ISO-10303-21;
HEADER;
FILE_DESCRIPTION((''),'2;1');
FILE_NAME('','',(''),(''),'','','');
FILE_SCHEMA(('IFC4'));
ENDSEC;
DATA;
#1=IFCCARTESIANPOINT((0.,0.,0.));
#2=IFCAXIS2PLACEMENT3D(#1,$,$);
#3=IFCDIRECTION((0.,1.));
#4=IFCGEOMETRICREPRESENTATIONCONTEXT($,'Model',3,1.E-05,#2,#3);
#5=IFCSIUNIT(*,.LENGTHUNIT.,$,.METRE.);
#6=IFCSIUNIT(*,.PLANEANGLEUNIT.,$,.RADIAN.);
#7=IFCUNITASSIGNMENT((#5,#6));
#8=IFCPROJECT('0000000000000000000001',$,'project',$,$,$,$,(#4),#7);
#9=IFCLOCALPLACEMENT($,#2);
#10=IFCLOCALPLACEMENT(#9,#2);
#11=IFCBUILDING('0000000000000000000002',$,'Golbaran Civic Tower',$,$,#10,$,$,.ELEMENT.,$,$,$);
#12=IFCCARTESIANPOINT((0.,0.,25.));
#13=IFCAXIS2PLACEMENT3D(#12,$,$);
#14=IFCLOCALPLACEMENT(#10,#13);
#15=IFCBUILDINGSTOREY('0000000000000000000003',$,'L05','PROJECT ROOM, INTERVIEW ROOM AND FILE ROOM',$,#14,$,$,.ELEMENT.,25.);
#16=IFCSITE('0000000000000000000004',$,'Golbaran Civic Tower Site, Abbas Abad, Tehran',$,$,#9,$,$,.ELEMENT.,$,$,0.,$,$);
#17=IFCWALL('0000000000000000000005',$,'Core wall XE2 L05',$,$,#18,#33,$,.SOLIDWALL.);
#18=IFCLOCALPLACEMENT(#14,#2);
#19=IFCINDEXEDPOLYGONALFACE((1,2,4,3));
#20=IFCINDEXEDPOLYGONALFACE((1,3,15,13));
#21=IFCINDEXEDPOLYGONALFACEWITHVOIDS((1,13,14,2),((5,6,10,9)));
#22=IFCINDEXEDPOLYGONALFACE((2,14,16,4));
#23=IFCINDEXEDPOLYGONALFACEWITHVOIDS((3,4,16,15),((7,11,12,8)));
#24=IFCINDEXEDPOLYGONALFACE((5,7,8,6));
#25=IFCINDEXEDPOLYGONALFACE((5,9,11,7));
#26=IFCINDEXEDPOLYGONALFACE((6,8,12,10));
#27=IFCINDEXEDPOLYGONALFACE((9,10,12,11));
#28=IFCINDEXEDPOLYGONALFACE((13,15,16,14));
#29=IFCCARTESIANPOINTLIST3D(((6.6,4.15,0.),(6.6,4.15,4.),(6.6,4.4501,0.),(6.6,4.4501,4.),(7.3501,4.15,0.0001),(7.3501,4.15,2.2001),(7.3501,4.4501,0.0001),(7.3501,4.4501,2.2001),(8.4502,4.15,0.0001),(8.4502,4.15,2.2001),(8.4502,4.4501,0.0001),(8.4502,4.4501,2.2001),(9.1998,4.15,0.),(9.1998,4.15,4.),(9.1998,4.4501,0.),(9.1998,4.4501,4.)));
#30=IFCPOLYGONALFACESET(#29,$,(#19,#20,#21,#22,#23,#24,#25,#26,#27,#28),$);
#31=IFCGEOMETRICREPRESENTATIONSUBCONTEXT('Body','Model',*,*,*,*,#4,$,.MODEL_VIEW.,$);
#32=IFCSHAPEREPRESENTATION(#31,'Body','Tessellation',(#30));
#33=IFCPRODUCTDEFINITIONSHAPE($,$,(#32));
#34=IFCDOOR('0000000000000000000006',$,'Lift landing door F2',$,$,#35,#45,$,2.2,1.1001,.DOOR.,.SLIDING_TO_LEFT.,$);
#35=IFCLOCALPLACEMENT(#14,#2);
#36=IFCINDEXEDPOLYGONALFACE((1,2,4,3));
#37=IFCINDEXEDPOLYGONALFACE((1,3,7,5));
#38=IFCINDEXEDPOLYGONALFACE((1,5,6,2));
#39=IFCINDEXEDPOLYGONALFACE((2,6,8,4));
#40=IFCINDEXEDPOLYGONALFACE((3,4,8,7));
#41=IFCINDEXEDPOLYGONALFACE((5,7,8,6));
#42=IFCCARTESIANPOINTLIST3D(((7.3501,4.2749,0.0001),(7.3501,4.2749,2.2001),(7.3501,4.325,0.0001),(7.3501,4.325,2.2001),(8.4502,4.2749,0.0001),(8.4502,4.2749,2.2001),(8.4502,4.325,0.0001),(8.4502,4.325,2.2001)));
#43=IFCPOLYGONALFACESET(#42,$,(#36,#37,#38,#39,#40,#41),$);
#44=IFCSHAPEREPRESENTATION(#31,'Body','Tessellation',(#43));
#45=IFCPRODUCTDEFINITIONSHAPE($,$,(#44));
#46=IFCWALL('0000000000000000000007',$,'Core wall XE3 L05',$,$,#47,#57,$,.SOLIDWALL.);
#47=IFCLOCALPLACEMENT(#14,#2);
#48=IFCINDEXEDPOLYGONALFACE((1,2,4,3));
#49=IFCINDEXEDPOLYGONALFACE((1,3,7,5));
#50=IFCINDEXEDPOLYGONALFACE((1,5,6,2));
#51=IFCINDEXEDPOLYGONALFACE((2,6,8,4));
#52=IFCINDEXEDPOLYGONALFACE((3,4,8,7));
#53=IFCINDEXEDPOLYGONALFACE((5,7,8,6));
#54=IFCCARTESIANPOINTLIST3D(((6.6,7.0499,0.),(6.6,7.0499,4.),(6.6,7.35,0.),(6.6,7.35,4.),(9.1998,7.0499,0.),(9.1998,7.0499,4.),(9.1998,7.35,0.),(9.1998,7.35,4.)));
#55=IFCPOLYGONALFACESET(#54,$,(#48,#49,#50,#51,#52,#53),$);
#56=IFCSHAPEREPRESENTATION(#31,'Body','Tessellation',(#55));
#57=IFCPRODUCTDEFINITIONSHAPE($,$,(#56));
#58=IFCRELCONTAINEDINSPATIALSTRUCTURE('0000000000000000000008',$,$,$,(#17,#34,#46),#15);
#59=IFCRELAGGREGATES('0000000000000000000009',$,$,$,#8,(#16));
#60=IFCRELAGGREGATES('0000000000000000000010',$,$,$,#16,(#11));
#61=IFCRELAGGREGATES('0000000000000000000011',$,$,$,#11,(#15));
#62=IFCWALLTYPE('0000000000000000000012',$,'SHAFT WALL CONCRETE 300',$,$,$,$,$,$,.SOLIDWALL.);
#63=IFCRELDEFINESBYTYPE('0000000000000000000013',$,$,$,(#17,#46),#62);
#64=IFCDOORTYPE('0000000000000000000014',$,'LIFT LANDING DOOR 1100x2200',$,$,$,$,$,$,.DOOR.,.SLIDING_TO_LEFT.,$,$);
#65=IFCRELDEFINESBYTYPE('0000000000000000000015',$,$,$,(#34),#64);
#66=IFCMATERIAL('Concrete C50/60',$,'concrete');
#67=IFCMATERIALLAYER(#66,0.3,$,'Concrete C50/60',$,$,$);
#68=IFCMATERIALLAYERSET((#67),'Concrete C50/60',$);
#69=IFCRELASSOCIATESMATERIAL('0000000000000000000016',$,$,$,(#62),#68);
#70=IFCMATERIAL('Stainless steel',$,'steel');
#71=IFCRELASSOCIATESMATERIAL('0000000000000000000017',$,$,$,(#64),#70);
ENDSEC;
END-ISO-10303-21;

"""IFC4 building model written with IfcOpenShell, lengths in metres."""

from ifc_helpers import new_model, si_unit, direction, frame, frame_2d, origin, place, context, subcontext, project, spatial, rectangle, extrude, material, layer, layer_set, type_object, element, fill, save


model = new_model("IFC4")

# Units and contexts
model_context = context("Model", 3, precision=1e-05, world=origin(), true_north=direction((0.0, 1.0)))
body_context = subcontext(model_context, "Body", "Model", "MODEL_VIEW")
ifc_project = project(units=[si_unit("LENGTHUNIT", "METRE"), si_unit("PLANEANGLEUNIT", "RADIAN")], contexts=[model_context])

# Site, building, storey
site_placement = place(None, origin())
site = spatial("IfcSite", under=ifc_project, at=site_placement, Name="Golbaran Civic Tower Site, Abbas Abad, Tehran", CompositionType="ELEMENT", RefElevation=0.0)
building_placement = place(site_placement, origin())
building = spatial("IfcBuilding", under=site, at=building_placement, Name="Golbaran Civic Tower", CompositionType="ELEMENT")
storey_placement = place(building_placement, frame((0.0, 0.0, 25.0)))
storey = spatial("IfcBuildingStorey", under=building, at=storey_placement, Name="L05", Description="PROJECT ROOM, INTERVIEW ROOM AND FILE ROOM", CompositionType="ELEMENT", Elevation=25.0)

# Wall, opening, door
ifc_material_1 = material(Name="Concrete C50/60", Category="concrete")
ifc_layer_1 = layer(ifc_material_1, 0.3, Name="Concrete C50/60")
ifc_layer_set_1 = layer_set([ifc_layer_1], Name="Concrete C50/60")
wall_type_1 = type_object("IfcWallType", Name="SHAFT WALL CONCRETE 300", PredefinedType="SOLIDWALL", material=ifc_layer_set_1)
wall_1_placement = place(storey_placement, frame((6.6001, 4.3, 0.0), z_axis=(0.0, 0.0, 1.0), x_axis=(1.0, 0.0, 0.0)))
wall_1 = element("IfcWall", 1, at=wall_1_placement, inside=storey, type_object=wall_type_1, Name="Core wall XE2 L05", PredefinedType="SOLIDWALL", context=body_context, shape_type="SweptSolid", body=[
    extrude(rectangle(XDim=2.5999, YDim=0.3, at=frame_2d((1.2998, 0.0))), origin(), (0.0, 0.0, 1.0), 4.0),
])
opening_1_placement = place(wall_1_placement, frame((0.75, 0.0, 0.0)))
opening_1 = element("IfcOpeningElement", 2, at=opening_1_placement, cuts=wall_1, PredefinedType="OPENING", context=body_context, shape_type="SweptSolid", body=[
    extrude(rectangle(XDim=1.1001, YDim=2.2, at=frame_2d((0.55, 1.1001))), frame((0.0, 0.1599, 0.0), z_axis=(0.0, -1.0, 0.0), x_axis=(1.0, 0.0, 0.0)), (0.0, 0.0, 1.0), 0.3201),
])
ifc_material_2 = material(Name="Stainless steel", Category="steel")
door_type_1 = type_object("IfcDoorType", Name="LIFT LANDING DOOR 1100x2200", OperationType="SLIDING_TO_LEFT", PredefinedType="DOOR", material=ifc_material_2)
door_1_placement = place(opening_1_placement, origin())
door_1 = element("IfcDoor", 3, at=door_1_placement, inside=storey, type_object=door_type_1, Name="Lift landing door F2", OperationType="SLIDING_TO_LEFT", OverallHeight=2.2, OverallWidth=1.1001, PredefinedType="DOOR", context=body_context, shape_type="SweptSolid", body=[
    extrude(rectangle(XDim=1.1001, YDim=2.2, at=frame_2d((0.55, 1.1001))), frame((0.0, 0.0249, 0.0), z_axis=(0.0, -1.0, 0.0), x_axis=(1.0, 0.0, 0.0)), (0.0, 0.0, 1.0), 0.05),
])
fill(opening_1, door_1)

# Wall
wall_2_placement = place(storey_placement, frame((6.6001, 7.2, 0.0), z_axis=(0.0, 0.0, 1.0), x_axis=(1.0, 0.0, 0.0)))
element("IfcWall", 4, at=wall_2_placement, inside=storey, type_object=wall_type_1, Name="Core wall XE3 L05", PredefinedType="SOLIDWALL", context=body_context, shape_type="SweptSolid", body=[
    extrude(rectangle(XDim=2.5999, YDim=0.3, at=frame_2d((1.2998, 0.0))), origin(), (0.0, 0.0, 1.0), 4.0),
])

save(model, "model.ifc")
